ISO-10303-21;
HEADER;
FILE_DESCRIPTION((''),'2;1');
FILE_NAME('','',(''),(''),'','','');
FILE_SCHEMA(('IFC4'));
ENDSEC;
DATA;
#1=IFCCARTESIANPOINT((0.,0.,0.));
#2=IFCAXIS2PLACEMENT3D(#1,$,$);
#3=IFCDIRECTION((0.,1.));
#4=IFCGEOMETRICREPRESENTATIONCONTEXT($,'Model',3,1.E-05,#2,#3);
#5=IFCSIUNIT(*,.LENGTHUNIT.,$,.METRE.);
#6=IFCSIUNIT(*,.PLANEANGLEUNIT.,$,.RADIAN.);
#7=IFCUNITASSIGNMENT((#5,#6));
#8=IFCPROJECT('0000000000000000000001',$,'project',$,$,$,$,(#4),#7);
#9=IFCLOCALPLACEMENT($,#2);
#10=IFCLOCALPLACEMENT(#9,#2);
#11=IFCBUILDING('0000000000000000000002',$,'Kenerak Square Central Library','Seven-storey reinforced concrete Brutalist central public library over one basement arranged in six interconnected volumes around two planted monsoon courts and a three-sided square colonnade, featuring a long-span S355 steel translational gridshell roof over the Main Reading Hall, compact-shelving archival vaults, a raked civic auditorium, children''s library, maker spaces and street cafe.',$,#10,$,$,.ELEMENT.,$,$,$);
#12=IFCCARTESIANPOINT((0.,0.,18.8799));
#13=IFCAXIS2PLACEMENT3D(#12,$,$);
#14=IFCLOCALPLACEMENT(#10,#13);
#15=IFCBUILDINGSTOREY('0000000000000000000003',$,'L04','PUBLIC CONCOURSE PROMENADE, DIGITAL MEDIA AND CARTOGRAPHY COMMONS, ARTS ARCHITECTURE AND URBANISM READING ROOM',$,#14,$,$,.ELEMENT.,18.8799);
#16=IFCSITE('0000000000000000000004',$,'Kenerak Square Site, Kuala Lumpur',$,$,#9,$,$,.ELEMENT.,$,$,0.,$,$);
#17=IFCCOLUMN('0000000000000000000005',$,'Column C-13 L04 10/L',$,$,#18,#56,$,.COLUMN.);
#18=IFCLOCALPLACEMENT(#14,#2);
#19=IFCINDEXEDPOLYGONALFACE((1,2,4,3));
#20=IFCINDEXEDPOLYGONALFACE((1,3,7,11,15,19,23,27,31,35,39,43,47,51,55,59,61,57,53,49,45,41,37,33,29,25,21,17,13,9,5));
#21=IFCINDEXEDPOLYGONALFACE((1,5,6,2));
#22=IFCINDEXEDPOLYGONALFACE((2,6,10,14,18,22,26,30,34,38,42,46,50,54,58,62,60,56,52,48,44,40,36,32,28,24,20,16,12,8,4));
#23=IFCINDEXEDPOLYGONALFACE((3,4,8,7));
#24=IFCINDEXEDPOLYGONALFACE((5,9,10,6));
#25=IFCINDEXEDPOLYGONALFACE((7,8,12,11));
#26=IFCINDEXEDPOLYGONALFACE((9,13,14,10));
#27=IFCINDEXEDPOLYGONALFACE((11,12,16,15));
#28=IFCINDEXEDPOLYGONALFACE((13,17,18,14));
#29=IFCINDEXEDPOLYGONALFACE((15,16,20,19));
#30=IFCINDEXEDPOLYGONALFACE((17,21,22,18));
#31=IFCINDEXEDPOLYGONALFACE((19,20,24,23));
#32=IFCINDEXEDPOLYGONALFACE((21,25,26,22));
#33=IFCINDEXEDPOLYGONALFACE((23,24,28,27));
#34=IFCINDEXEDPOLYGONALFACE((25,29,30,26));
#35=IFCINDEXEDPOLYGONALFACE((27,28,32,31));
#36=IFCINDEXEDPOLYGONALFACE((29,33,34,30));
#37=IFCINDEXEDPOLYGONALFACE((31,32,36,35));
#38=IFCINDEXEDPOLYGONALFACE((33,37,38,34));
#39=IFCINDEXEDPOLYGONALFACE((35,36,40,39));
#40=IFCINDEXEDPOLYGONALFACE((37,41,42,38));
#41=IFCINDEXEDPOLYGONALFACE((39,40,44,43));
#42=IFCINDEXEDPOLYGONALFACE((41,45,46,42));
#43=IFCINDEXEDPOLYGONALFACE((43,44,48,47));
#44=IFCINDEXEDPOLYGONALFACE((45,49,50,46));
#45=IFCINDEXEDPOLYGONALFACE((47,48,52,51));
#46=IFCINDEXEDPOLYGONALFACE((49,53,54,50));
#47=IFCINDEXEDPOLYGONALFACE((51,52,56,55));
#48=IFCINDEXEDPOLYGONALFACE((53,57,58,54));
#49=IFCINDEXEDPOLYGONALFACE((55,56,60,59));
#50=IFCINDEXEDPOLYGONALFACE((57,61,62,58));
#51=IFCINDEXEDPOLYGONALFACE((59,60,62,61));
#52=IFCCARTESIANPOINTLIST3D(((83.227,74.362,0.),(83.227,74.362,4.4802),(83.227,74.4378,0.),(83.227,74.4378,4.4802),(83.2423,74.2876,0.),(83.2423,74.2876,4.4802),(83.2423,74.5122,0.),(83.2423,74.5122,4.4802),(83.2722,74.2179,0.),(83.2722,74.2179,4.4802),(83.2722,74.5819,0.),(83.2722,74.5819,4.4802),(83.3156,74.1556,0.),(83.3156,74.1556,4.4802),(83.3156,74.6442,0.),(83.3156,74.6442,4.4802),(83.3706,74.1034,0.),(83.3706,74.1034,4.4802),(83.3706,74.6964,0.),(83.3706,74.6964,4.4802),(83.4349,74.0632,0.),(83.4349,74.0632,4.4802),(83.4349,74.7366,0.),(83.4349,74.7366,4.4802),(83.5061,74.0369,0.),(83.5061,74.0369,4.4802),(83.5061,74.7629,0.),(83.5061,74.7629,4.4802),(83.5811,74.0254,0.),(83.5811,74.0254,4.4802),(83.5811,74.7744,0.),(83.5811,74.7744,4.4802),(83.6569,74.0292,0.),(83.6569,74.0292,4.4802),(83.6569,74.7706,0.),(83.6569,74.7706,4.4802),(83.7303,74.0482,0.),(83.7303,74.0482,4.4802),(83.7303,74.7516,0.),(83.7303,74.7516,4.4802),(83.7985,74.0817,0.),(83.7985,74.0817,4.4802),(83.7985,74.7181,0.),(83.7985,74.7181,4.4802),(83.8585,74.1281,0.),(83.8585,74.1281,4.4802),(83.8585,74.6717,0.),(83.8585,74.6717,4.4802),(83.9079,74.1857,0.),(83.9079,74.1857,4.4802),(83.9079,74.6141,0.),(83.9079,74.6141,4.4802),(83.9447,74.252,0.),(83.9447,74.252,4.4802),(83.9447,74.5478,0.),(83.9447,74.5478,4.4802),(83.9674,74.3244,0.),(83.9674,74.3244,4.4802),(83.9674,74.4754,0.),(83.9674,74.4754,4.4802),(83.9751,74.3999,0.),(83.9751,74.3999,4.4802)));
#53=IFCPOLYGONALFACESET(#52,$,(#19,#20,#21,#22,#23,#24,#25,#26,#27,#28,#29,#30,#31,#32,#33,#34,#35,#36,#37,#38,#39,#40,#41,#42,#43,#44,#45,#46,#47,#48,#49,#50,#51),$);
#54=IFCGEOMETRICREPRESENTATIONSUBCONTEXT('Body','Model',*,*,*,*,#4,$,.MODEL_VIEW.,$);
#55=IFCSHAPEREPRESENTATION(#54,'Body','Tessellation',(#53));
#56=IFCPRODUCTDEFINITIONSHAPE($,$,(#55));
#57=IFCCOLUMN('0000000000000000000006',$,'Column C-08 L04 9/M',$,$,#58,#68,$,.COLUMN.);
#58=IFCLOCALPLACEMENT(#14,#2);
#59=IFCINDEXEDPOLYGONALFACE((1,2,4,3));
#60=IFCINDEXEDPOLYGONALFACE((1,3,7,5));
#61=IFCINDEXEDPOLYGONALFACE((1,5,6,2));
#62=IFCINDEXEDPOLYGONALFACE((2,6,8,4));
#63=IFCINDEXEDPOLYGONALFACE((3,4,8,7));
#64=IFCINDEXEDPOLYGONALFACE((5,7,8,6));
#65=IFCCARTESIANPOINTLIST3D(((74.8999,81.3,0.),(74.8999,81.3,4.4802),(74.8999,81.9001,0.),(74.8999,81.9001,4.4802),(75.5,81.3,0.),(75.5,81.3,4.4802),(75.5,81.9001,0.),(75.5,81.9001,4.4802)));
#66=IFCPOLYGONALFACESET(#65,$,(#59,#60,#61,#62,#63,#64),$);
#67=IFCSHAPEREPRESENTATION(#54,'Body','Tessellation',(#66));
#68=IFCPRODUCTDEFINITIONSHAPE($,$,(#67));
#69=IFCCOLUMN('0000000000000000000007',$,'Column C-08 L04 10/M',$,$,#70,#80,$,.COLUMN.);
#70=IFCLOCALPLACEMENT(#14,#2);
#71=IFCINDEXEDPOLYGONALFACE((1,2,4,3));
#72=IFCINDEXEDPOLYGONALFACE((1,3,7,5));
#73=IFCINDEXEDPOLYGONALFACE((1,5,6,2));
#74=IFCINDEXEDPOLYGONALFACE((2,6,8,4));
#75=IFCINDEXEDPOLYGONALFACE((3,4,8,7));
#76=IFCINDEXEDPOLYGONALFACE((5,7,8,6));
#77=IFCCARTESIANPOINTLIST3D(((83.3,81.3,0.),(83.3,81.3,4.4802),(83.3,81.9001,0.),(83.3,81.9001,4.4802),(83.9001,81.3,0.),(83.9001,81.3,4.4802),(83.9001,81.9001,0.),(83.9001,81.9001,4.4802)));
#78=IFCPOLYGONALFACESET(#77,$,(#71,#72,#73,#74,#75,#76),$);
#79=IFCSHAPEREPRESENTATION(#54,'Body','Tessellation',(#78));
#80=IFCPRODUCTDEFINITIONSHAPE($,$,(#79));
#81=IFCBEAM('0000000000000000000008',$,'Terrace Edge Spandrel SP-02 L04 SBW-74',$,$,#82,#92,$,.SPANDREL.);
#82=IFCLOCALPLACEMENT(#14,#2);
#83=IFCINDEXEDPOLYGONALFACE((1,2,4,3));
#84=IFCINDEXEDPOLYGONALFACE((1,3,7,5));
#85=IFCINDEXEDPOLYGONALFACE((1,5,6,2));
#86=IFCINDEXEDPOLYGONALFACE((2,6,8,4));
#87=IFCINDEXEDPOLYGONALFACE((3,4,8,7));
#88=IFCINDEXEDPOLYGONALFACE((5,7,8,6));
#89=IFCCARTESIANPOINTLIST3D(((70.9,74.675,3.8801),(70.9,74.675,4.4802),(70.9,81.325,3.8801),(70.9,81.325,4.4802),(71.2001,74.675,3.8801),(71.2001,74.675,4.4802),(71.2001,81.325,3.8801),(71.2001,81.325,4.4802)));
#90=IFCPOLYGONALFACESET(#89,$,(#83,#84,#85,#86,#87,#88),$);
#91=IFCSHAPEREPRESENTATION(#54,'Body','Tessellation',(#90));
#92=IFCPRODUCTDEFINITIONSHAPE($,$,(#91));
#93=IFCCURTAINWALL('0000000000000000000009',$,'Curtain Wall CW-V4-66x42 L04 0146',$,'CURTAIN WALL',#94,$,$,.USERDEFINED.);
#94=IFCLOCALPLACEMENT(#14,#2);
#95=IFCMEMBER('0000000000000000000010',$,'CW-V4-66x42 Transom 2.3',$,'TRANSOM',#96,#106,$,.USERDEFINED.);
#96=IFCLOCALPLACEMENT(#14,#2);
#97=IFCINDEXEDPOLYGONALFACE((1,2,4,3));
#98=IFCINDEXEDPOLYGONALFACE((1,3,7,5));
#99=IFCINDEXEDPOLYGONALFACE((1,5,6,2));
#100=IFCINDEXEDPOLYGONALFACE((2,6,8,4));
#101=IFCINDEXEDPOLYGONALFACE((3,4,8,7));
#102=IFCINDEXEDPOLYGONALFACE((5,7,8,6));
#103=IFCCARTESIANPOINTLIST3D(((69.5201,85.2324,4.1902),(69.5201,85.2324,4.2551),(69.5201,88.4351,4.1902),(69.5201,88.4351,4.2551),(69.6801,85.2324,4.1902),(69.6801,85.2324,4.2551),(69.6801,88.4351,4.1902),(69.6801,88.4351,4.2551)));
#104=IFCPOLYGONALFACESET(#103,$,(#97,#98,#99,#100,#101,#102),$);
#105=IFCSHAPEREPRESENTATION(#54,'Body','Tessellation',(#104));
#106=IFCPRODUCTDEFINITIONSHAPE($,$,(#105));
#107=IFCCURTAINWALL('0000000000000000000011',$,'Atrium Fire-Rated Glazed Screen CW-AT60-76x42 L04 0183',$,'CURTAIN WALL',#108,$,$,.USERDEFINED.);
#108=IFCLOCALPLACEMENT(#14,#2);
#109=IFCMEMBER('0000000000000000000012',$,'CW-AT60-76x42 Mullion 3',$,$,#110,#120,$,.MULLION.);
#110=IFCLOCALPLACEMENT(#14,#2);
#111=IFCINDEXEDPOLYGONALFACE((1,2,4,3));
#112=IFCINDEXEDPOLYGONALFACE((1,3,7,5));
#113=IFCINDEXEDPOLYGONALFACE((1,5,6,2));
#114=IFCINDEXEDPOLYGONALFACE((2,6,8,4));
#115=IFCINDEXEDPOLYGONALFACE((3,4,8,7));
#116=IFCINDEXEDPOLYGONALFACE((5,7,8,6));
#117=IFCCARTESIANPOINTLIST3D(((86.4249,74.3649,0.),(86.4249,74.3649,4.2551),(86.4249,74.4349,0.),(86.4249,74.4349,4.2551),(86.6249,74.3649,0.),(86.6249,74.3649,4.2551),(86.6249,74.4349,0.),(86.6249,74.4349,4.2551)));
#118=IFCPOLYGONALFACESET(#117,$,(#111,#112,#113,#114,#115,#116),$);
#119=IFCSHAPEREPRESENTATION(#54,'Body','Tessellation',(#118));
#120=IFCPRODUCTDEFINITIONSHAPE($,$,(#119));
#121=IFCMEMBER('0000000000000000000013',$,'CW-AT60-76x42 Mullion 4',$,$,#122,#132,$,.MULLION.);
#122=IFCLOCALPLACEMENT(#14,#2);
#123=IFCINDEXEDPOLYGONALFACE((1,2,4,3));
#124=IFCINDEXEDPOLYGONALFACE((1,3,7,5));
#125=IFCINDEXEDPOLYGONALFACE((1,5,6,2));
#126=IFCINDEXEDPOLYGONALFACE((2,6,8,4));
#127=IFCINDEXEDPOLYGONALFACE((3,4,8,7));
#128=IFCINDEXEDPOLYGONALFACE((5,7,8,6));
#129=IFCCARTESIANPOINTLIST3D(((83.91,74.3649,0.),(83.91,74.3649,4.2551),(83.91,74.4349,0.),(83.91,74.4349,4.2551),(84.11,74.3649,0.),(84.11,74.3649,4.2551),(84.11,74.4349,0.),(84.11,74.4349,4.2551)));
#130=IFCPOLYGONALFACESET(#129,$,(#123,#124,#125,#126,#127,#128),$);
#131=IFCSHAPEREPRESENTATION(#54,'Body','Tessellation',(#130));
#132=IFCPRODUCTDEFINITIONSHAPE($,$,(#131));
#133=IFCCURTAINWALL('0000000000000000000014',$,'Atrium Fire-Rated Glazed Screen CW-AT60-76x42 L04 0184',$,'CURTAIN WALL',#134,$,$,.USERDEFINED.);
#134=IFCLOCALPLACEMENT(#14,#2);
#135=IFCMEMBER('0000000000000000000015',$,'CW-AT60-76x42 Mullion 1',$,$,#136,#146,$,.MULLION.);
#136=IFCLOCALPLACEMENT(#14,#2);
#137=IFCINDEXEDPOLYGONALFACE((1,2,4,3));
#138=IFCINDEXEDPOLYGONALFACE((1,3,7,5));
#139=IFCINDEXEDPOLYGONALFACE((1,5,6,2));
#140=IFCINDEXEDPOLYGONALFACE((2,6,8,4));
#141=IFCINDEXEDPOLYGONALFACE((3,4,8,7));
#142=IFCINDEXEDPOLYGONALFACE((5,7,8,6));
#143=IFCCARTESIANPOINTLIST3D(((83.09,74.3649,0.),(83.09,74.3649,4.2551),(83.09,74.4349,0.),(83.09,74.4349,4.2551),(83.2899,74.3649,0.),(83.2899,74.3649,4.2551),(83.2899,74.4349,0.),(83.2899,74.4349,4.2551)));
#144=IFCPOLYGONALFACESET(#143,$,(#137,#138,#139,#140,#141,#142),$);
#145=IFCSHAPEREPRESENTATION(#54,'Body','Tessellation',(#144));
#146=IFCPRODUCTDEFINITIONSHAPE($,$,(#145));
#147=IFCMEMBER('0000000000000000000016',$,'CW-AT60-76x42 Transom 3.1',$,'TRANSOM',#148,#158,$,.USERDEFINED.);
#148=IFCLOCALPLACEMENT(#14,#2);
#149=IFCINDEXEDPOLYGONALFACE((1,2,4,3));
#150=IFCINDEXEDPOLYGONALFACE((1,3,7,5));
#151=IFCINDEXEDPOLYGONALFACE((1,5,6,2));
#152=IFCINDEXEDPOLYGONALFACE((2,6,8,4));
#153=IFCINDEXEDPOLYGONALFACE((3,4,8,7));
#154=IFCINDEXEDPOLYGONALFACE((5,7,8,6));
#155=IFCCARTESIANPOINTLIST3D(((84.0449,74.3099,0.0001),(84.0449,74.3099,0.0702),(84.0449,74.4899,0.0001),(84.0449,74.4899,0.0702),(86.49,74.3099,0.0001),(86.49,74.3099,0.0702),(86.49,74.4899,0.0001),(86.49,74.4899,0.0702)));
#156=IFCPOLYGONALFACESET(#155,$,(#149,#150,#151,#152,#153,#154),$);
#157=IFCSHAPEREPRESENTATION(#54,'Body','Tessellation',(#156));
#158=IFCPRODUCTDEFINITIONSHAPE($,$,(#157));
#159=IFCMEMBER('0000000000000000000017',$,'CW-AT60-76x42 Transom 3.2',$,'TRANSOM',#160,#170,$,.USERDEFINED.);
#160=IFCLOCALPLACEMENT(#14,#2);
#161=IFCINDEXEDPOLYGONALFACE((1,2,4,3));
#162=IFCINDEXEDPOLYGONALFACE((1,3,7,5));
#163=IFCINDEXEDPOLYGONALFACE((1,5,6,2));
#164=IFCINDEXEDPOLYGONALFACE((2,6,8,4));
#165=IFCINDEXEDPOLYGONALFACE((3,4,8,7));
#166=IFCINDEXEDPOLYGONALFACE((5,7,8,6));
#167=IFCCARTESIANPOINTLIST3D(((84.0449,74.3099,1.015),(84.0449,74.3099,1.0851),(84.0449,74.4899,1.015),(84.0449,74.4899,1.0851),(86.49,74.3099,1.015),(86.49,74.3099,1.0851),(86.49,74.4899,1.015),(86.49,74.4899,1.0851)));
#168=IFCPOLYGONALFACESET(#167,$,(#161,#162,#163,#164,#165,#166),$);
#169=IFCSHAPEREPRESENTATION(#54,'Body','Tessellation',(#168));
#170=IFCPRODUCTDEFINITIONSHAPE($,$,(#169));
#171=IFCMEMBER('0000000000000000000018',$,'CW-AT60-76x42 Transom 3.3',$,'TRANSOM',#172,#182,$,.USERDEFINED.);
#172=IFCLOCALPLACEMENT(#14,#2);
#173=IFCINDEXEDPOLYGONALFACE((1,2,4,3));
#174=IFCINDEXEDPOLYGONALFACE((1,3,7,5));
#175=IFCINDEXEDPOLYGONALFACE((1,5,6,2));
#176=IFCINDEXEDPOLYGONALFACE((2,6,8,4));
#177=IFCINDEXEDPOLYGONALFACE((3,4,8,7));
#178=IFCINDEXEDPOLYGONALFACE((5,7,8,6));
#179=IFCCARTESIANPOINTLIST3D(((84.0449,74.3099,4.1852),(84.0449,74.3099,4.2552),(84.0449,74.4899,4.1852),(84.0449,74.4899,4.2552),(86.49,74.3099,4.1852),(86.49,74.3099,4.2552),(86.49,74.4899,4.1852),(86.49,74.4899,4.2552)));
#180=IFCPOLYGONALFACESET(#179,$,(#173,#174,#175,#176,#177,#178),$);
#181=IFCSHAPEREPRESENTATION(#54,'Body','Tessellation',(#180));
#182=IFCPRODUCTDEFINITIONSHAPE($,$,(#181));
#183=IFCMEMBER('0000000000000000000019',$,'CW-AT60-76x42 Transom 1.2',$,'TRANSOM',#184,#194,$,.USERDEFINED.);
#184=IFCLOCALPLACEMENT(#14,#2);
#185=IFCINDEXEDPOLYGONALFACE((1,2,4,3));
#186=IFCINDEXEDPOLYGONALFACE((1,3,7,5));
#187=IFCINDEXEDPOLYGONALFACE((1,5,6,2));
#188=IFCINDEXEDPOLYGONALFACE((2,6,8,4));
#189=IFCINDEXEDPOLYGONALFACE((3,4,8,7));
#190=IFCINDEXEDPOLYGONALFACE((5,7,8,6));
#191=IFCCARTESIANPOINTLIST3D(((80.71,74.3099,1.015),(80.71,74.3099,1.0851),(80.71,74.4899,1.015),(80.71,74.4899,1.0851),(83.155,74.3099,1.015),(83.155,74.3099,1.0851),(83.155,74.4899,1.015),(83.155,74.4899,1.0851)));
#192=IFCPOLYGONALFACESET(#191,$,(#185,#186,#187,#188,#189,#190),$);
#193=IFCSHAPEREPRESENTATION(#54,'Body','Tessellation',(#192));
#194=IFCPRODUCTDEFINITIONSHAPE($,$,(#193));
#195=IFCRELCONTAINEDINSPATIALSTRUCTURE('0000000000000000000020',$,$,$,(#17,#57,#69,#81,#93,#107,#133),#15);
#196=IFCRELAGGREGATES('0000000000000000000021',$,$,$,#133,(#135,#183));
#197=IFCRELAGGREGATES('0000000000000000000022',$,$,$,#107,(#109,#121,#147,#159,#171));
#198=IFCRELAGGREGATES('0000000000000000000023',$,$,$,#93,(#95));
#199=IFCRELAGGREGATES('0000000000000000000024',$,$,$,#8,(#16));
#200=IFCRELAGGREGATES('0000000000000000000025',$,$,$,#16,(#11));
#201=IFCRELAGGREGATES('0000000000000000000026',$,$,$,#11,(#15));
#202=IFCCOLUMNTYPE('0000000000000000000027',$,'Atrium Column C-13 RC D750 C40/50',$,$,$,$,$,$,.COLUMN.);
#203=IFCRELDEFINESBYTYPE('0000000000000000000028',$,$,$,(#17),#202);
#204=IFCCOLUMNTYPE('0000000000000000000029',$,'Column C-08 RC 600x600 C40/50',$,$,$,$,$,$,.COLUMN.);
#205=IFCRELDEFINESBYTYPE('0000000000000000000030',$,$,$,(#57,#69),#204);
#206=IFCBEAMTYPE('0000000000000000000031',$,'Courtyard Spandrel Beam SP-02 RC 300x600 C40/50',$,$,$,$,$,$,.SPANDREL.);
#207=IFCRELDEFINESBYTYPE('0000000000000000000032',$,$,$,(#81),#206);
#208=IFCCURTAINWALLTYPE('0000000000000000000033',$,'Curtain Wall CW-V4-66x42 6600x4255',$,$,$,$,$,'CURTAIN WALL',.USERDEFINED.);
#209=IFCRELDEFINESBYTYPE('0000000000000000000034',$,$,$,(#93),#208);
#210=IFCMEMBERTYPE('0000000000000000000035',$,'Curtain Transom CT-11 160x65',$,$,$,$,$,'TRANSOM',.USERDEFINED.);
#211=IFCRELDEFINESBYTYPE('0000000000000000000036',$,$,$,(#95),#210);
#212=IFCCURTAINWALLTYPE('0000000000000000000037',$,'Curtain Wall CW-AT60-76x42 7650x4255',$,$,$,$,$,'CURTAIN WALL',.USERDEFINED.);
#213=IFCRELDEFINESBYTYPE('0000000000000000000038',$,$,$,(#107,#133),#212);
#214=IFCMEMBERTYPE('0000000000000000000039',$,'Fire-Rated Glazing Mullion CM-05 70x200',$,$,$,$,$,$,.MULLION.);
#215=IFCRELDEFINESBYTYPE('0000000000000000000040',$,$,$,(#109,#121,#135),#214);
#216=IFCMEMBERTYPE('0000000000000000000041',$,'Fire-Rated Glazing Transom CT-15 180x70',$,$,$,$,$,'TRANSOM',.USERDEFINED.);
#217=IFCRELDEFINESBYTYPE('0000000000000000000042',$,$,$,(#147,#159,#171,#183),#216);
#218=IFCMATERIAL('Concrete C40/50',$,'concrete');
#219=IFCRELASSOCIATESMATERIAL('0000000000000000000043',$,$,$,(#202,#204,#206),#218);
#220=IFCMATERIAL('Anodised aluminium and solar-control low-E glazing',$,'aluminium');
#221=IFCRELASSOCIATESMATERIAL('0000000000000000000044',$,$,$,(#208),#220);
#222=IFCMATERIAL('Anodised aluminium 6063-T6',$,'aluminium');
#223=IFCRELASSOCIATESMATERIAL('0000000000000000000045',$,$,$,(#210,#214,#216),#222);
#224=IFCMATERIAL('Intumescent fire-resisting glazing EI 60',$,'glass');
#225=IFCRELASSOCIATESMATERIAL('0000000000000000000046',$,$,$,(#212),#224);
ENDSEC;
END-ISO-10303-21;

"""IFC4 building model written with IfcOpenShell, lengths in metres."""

from ifc_helpers import new_model, si_unit, direction, frame, origin, origin_2d, place, context, subcontext, project, spatial, rectangle, circle, extrude, material, material_profile, profile_set, type_object, element, aggregate, save


model = new_model("IFC4")

# Units and contexts
model_context = context("Model", 3, precision=1e-05, world=origin(), true_north=direction((0.0, 1.0)))
body_context = subcontext(model_context, "Body", "Model", "MODEL_VIEW")
ifc_project = project(units=[si_unit("LENGTHUNIT", "METRE"), si_unit("PLANEANGLEUNIT", "RADIAN")], contexts=[model_context])

# Site, building, storey
site_placement = place(None, origin())
site = spatial("IfcSite", under=ifc_project, at=site_placement, Name="Kenerak Square Site, Kuala Lumpur", CompositionType="ELEMENT", RefElevation=0.0)
building_placement = place(site_placement, origin())
building = spatial("IfcBuilding", under=site, at=building_placement, Name="Kenerak Square Central Library", Description="Seven-storey reinforced concrete Brutalist central public library over one basement arranged in six interconnected volumes around two planted monsoon courts and a three-sided square colonnade, featuring a long-span S355 steel translational gridshell roof over the Main Reading Hall, compact-shelving archival vaults, a raked civic auditorium, children's library, maker spaces and street cafe.", CompositionType="ELEMENT")
storey_placement = place(building_placement, frame((0.0, 0.0, 18.8799)))
storey = spatial("IfcBuildingStorey", under=building, at=storey_placement, Name="L04", Description="PUBLIC CONCOURSE PROMENADE, DIGITAL MEDIA AND CARTOGRAPHY COMMONS, ARTS ARCHITECTURE AND URBANISM READING ROOM", CompositionType="ELEMENT", Elevation=18.8799)

# Columns
ifc_material_1 = material(Name="Concrete C40/50", Category="concrete")
ifc_material_profile_1 = material_profile(ifc_material_1, circle(Radius=0.375, at=origin_2d()), Name="RC D750")
ifc_profile_set_1 = profile_set([ifc_material_profile_1], Name="Concrete C40/50")
column_type_1 = type_object("IfcColumnType", Name="Atrium Column C-13 RC D750 C40/50", PredefinedType="COLUMN", material=ifc_profile_set_1)
column_placement = place(storey_placement, frame((83.6001, 74.3999, 0.0), z_axis=(0.0, 0.0, 1.0), x_axis=(1.0, 0.0, 0.0)))
element("IfcColumn", 1, at=column_placement, inside=storey, type_object=column_type_1, Name="Column C-13 L04 10/L", PredefinedType="COLUMN", context=body_context, shape_type="SweptSolid", body=[
    extrude(circle(Radius=0.375, at=origin_2d()), origin(), (0.0, 0.0, 1.0), 4.4802),
])
ifc_material_profile_2 = material_profile(ifc_material_1, rectangle(XDim=0.6001, YDim=0.6001, at=origin_2d()), Name="RC 600x600")
ifc_profile_set_2 = profile_set([ifc_material_profile_2], Name="Concrete C40/50")
column_type_2 = type_object("IfcColumnType", Name="Column C-08 RC 600x600 C40/50", PredefinedType="COLUMN", material=ifc_profile_set_2)
for number, where, z_axis, x_axis, name in (
    (2, (75.2, 81.6001, 0.0), (0.0, 0.0, 1.0), (1.0, 0.0, 0.0), "Column C-08 L04 9/M"),
    (3, (83.6001, 81.6001, 0.0), (0.0, 0.0, 1.0), (1.0, 0.0, 0.0), "Column C-08 L04 10/M"),
):
    element("IfcColumn", number, at=place(storey_placement, frame(where, z_axis=z_axis, x_axis=x_axis)), inside=storey, type_object=column_type_2, Name=name, PredefinedType="COLUMN", context=body_context, shape_type="SweptSolid", body=[
        extrude(rectangle(XDim=0.6001, YDim=0.6001, at=origin_2d()), origin(), (0.0, 0.0, 1.0), 4.4802),
    ])

# Beam
ifc_material_profile_3 = material_profile(ifc_material_1, rectangle(XDim=0.3, YDim=0.6001, at=origin_2d()), Name="RC 300x600")
ifc_profile_set_3 = profile_set([ifc_material_profile_3], Name="Concrete C40/50")
beam_type_1 = type_object("IfcBeamType", Name="Courtyard Spandrel Beam SP-02 RC 300x600 C40/50", PredefinedType="SPANDREL", material=ifc_profile_set_3)
beam_1_placement = place(storey_placement, frame((71.05, 74.675, 4.1802), z_axis=(0.0, 1.0, 0.0), x_axis=(-1.0, 0.0, 0.0)))
element("IfcBeam", 4, at=beam_1_placement, inside=storey, type_object=beam_type_1, Name="Terrace Edge Spandrel SP-02 L04 SBW-74", PredefinedType="SPANDREL", context=body_context, shape_type="SweptSolid", body=[
    extrude(rectangle(XDim=0.3, YDim=0.6001, at=origin_2d()), origin(), (0.0, 0.0, 1.0), 6.6499),
])

# Curtain wall, member
ifc_material_2 = material(Name="Anodised aluminium and solar-control low-E glazing", Category="aluminium")
curtain_wall_type_1 = type_object("IfcCurtainWallType", Name="Curtain Wall CW-V4-66x42 6600x4255", ElementType="CURTAIN WALL", PredefinedType="USERDEFINED", material=ifc_material_2)
curtain_wall_1_placement = place(storey_placement, origin())
curtain_wall_1 = element("IfcCurtainWall", 5, at=curtain_wall_1_placement, inside=storey, type_object=curtain_wall_type_1, Name="Curtain Wall CW-V4-66x42 L04 0146", ObjectType="CURTAIN WALL", PredefinedType="USERDEFINED")
ifc_material_3 = material(Name="Anodised aluminium 6063-T6", Category="aluminium")
ifc_material_profile_4 = material_profile(ifc_material_3, rectangle(XDim=0.1599, YDim=0.0649, at=origin_2d()), Name="AL TRANSOM 160x65")
ifc_profile_set_4 = profile_set([ifc_material_profile_4], Name="Anodised aluminium 6063-T6")
member_type_1 = type_object("IfcMemberType", Name="Curtain Transom CT-11 160x65", ElementType="TRANSOM", PredefinedType="USERDEFINED", material=ifc_profile_set_4)
member_1_placement = place(storey_placement, frame((69.6001, 85.2324, 4.2227), z_axis=(0.0, 1.0, 0.0), x_axis=(-1.0, 0.0, 0.0)))
member_1 = element("IfcMember", 6, at=member_1_placement, type_object=member_type_1, Name="CW-V4-66x42 Transom 2.3", ObjectType="TRANSOM", PredefinedType="USERDEFINED", context=body_context, shape_type="SweptSolid", body=[
    extrude(rectangle(XDim=0.1599, YDim=0.0649, at=origin_2d()), origin(), (0.0, 0.0, 1.0), 3.2026),
])

# Curtain wall, members
ifc_material_4 = material(Name="Intumescent fire-resisting glazing EI 60", Category="glass")
curtain_wall_type_2 = type_object("IfcCurtainWallType", Name="Curtain Wall CW-AT60-76x42 7650x4255", ElementType="CURTAIN WALL", PredefinedType="USERDEFINED", material=ifc_material_4)
curtain_wall_2_placement = place(storey_placement, origin())
curtain_wall_2 = element("IfcCurtainWall", 7, at=curtain_wall_2_placement, inside=storey, type_object=curtain_wall_type_2, Name="Atrium Fire-Rated Glazed Screen CW-AT60-76x42 L04 0183", ObjectType="CURTAIN WALL", PredefinedType="USERDEFINED")
ifc_material_profile_5 = material_profile(ifc_material_3, rectangle(XDim=0.0701, YDim=0.2, at=origin_2d()), Name="AL MULLION 70x200")
ifc_profile_set_5 = profile_set([ifc_material_profile_5], Name="Anodised aluminium 6063-T6")
member_type_2 = type_object("IfcMemberType", Name="Fire-Rated Glazing Mullion CM-05 70x200", PredefinedType="MULLION", material=ifc_profile_set_5)
member_2_placement = place(storey_placement, frame((86.5249, 74.3999, 0.0), z_axis=(0.0, 0.0, 1.0), x_axis=(0.0, -1.0, 0.0)))
member_2 = element("IfcMember", 8, at=member_2_placement, type_object=member_type_2, Name="CW-AT60-76x42 Mullion 3", PredefinedType="MULLION", context=body_context, shape_type="SweptSolid", body=[
    extrude(rectangle(XDim=0.0701, YDim=0.2, at=origin_2d()), origin(), (0.0, 0.0, 1.0), 4.2551),
])
member_3_placement = place(storey_placement, frame((84.01, 74.3999, 0.0), z_axis=(0.0, 0.0, 1.0), x_axis=(0.0, -1.0, 0.0)))
member_3 = element("IfcMember", 9, at=member_3_placement, type_object=member_type_2, Name="CW-AT60-76x42 Mullion 4", PredefinedType="MULLION", context=body_context, shape_type="SweptSolid", body=[
    extrude(rectangle(XDim=0.0701, YDim=0.2, at=origin_2d()), origin(), (0.0, 0.0, 1.0), 4.2551),
])

# Curtain wall, member
curtain_wall_3_placement = place(storey_placement, origin())
curtain_wall_3 = element("IfcCurtainWall", 10, at=curtain_wall_3_placement, inside=storey, type_object=curtain_wall_type_2, Name="Atrium Fire-Rated Glazed Screen CW-AT60-76x42 L04 0184", ObjectType="CURTAIN WALL", PredefinedType="USERDEFINED")
member_4_placement = place(storey_placement, frame((83.1899, 74.3999, 0.0), z_axis=(0.0, 0.0, 1.0), x_axis=(0.0, -1.0, 0.0)))
member_4 = element("IfcMember", 11, at=member_4_placement, type_object=member_type_2, Name="CW-AT60-76x42 Mullion 1", PredefinedType="MULLION", context=body_context, shape_type="SweptSolid", body=[
    extrude(rectangle(XDim=0.0701, YDim=0.2, at=origin_2d()), origin(), (0.0, 0.0, 1.0), 4.2551),
])

# Members
ifc_material_profile_6 = material_profile(ifc_material_3, rectangle(XDim=0.1799, YDim=0.0701, at=origin_2d()), Name="AL TRANSOM 180x70")
ifc_profile_set_6 = profile_set([ifc_material_profile_6], Name="Anodised aluminium 6063-T6")
member_type_3 = type_object("IfcMemberType", Name="Fire-Rated Glazing Transom CT-15 180x70", ElementType="TRANSOM", PredefinedType="USERDEFINED", material=ifc_profile_set_6)
member_5_placement = place(storey_placement, frame((86.49, 74.3999, 0.0352), z_axis=(-1.0, 0.0, 0.0), x_axis=(0.0, -1.0, 0.0)))
member_5 = element("IfcMember", 12, at=member_5_placement, type_object=member_type_3, Name="CW-AT60-76x42 Transom 3.1", ObjectType="TRANSOM", PredefinedType="USERDEFINED", context=body_context, shape_type="SweptSolid", body=[
    extrude(rectangle(XDim=0.1799, YDim=0.0701, at=origin_2d()), origin(), (0.0, 0.0, 1.0), 2.4451),
])
member_6_placement = place(storey_placement, frame((86.49, 74.3999, 1.05), z_axis=(-1.0, 0.0, 0.0), x_axis=(0.0, -1.0, 0.0)))
member_6 = element("IfcMember", 13, at=member_6_placement, type_object=member_type_3, Name="CW-AT60-76x42 Transom 3.2", ObjectType="TRANSOM", PredefinedType="USERDEFINED", context=body_context, shape_type="SweptSolid", body=[
    extrude(rectangle(XDim=0.1799, YDim=0.0701, at=origin_2d()), origin(), (0.0, 0.0, 1.0), 2.4451),
])
member_7_placement = place(storey_placement, frame((86.49, 74.3999, 4.2202), z_axis=(-1.0, 0.0, 0.0), x_axis=(0.0, -1.0, 0.0)))
member_7 = element("IfcMember", 14, at=member_7_placement, type_object=member_type_3, Name="CW-AT60-76x42 Transom 3.3", ObjectType="TRANSOM", PredefinedType="USERDEFINED", context=body_context, shape_type="SweptSolid", body=[
    extrude(rectangle(XDim=0.1799, YDim=0.0701, at=origin_2d()), origin(), (0.0, 0.0, 1.0), 2.4451),
])
member_8_placement = place(storey_placement, frame((83.155, 74.3999, 1.05), z_axis=(-1.0, 0.0, 0.0), x_axis=(0.0, -1.0, 0.0)))
member_8 = element("IfcMember", 15, at=member_8_placement, type_object=member_type_3, Name="CW-AT60-76x42 Transom 1.2", ObjectType="TRANSOM", PredefinedType="USERDEFINED", context=body_context, shape_type="SweptSolid", body=[
    extrude(rectangle(XDim=0.1799, YDim=0.0701, at=origin_2d()), origin(), (0.0, 0.0, 1.0), 2.4451),
])
aggregate(curtain_wall_3, [member_4, member_8])

aggregate(curtain_wall_2, [member_2, member_3, member_5, member_6, member_7])
aggregate(curtain_wall_1, [member_1])

save(model, "model.ifc")
